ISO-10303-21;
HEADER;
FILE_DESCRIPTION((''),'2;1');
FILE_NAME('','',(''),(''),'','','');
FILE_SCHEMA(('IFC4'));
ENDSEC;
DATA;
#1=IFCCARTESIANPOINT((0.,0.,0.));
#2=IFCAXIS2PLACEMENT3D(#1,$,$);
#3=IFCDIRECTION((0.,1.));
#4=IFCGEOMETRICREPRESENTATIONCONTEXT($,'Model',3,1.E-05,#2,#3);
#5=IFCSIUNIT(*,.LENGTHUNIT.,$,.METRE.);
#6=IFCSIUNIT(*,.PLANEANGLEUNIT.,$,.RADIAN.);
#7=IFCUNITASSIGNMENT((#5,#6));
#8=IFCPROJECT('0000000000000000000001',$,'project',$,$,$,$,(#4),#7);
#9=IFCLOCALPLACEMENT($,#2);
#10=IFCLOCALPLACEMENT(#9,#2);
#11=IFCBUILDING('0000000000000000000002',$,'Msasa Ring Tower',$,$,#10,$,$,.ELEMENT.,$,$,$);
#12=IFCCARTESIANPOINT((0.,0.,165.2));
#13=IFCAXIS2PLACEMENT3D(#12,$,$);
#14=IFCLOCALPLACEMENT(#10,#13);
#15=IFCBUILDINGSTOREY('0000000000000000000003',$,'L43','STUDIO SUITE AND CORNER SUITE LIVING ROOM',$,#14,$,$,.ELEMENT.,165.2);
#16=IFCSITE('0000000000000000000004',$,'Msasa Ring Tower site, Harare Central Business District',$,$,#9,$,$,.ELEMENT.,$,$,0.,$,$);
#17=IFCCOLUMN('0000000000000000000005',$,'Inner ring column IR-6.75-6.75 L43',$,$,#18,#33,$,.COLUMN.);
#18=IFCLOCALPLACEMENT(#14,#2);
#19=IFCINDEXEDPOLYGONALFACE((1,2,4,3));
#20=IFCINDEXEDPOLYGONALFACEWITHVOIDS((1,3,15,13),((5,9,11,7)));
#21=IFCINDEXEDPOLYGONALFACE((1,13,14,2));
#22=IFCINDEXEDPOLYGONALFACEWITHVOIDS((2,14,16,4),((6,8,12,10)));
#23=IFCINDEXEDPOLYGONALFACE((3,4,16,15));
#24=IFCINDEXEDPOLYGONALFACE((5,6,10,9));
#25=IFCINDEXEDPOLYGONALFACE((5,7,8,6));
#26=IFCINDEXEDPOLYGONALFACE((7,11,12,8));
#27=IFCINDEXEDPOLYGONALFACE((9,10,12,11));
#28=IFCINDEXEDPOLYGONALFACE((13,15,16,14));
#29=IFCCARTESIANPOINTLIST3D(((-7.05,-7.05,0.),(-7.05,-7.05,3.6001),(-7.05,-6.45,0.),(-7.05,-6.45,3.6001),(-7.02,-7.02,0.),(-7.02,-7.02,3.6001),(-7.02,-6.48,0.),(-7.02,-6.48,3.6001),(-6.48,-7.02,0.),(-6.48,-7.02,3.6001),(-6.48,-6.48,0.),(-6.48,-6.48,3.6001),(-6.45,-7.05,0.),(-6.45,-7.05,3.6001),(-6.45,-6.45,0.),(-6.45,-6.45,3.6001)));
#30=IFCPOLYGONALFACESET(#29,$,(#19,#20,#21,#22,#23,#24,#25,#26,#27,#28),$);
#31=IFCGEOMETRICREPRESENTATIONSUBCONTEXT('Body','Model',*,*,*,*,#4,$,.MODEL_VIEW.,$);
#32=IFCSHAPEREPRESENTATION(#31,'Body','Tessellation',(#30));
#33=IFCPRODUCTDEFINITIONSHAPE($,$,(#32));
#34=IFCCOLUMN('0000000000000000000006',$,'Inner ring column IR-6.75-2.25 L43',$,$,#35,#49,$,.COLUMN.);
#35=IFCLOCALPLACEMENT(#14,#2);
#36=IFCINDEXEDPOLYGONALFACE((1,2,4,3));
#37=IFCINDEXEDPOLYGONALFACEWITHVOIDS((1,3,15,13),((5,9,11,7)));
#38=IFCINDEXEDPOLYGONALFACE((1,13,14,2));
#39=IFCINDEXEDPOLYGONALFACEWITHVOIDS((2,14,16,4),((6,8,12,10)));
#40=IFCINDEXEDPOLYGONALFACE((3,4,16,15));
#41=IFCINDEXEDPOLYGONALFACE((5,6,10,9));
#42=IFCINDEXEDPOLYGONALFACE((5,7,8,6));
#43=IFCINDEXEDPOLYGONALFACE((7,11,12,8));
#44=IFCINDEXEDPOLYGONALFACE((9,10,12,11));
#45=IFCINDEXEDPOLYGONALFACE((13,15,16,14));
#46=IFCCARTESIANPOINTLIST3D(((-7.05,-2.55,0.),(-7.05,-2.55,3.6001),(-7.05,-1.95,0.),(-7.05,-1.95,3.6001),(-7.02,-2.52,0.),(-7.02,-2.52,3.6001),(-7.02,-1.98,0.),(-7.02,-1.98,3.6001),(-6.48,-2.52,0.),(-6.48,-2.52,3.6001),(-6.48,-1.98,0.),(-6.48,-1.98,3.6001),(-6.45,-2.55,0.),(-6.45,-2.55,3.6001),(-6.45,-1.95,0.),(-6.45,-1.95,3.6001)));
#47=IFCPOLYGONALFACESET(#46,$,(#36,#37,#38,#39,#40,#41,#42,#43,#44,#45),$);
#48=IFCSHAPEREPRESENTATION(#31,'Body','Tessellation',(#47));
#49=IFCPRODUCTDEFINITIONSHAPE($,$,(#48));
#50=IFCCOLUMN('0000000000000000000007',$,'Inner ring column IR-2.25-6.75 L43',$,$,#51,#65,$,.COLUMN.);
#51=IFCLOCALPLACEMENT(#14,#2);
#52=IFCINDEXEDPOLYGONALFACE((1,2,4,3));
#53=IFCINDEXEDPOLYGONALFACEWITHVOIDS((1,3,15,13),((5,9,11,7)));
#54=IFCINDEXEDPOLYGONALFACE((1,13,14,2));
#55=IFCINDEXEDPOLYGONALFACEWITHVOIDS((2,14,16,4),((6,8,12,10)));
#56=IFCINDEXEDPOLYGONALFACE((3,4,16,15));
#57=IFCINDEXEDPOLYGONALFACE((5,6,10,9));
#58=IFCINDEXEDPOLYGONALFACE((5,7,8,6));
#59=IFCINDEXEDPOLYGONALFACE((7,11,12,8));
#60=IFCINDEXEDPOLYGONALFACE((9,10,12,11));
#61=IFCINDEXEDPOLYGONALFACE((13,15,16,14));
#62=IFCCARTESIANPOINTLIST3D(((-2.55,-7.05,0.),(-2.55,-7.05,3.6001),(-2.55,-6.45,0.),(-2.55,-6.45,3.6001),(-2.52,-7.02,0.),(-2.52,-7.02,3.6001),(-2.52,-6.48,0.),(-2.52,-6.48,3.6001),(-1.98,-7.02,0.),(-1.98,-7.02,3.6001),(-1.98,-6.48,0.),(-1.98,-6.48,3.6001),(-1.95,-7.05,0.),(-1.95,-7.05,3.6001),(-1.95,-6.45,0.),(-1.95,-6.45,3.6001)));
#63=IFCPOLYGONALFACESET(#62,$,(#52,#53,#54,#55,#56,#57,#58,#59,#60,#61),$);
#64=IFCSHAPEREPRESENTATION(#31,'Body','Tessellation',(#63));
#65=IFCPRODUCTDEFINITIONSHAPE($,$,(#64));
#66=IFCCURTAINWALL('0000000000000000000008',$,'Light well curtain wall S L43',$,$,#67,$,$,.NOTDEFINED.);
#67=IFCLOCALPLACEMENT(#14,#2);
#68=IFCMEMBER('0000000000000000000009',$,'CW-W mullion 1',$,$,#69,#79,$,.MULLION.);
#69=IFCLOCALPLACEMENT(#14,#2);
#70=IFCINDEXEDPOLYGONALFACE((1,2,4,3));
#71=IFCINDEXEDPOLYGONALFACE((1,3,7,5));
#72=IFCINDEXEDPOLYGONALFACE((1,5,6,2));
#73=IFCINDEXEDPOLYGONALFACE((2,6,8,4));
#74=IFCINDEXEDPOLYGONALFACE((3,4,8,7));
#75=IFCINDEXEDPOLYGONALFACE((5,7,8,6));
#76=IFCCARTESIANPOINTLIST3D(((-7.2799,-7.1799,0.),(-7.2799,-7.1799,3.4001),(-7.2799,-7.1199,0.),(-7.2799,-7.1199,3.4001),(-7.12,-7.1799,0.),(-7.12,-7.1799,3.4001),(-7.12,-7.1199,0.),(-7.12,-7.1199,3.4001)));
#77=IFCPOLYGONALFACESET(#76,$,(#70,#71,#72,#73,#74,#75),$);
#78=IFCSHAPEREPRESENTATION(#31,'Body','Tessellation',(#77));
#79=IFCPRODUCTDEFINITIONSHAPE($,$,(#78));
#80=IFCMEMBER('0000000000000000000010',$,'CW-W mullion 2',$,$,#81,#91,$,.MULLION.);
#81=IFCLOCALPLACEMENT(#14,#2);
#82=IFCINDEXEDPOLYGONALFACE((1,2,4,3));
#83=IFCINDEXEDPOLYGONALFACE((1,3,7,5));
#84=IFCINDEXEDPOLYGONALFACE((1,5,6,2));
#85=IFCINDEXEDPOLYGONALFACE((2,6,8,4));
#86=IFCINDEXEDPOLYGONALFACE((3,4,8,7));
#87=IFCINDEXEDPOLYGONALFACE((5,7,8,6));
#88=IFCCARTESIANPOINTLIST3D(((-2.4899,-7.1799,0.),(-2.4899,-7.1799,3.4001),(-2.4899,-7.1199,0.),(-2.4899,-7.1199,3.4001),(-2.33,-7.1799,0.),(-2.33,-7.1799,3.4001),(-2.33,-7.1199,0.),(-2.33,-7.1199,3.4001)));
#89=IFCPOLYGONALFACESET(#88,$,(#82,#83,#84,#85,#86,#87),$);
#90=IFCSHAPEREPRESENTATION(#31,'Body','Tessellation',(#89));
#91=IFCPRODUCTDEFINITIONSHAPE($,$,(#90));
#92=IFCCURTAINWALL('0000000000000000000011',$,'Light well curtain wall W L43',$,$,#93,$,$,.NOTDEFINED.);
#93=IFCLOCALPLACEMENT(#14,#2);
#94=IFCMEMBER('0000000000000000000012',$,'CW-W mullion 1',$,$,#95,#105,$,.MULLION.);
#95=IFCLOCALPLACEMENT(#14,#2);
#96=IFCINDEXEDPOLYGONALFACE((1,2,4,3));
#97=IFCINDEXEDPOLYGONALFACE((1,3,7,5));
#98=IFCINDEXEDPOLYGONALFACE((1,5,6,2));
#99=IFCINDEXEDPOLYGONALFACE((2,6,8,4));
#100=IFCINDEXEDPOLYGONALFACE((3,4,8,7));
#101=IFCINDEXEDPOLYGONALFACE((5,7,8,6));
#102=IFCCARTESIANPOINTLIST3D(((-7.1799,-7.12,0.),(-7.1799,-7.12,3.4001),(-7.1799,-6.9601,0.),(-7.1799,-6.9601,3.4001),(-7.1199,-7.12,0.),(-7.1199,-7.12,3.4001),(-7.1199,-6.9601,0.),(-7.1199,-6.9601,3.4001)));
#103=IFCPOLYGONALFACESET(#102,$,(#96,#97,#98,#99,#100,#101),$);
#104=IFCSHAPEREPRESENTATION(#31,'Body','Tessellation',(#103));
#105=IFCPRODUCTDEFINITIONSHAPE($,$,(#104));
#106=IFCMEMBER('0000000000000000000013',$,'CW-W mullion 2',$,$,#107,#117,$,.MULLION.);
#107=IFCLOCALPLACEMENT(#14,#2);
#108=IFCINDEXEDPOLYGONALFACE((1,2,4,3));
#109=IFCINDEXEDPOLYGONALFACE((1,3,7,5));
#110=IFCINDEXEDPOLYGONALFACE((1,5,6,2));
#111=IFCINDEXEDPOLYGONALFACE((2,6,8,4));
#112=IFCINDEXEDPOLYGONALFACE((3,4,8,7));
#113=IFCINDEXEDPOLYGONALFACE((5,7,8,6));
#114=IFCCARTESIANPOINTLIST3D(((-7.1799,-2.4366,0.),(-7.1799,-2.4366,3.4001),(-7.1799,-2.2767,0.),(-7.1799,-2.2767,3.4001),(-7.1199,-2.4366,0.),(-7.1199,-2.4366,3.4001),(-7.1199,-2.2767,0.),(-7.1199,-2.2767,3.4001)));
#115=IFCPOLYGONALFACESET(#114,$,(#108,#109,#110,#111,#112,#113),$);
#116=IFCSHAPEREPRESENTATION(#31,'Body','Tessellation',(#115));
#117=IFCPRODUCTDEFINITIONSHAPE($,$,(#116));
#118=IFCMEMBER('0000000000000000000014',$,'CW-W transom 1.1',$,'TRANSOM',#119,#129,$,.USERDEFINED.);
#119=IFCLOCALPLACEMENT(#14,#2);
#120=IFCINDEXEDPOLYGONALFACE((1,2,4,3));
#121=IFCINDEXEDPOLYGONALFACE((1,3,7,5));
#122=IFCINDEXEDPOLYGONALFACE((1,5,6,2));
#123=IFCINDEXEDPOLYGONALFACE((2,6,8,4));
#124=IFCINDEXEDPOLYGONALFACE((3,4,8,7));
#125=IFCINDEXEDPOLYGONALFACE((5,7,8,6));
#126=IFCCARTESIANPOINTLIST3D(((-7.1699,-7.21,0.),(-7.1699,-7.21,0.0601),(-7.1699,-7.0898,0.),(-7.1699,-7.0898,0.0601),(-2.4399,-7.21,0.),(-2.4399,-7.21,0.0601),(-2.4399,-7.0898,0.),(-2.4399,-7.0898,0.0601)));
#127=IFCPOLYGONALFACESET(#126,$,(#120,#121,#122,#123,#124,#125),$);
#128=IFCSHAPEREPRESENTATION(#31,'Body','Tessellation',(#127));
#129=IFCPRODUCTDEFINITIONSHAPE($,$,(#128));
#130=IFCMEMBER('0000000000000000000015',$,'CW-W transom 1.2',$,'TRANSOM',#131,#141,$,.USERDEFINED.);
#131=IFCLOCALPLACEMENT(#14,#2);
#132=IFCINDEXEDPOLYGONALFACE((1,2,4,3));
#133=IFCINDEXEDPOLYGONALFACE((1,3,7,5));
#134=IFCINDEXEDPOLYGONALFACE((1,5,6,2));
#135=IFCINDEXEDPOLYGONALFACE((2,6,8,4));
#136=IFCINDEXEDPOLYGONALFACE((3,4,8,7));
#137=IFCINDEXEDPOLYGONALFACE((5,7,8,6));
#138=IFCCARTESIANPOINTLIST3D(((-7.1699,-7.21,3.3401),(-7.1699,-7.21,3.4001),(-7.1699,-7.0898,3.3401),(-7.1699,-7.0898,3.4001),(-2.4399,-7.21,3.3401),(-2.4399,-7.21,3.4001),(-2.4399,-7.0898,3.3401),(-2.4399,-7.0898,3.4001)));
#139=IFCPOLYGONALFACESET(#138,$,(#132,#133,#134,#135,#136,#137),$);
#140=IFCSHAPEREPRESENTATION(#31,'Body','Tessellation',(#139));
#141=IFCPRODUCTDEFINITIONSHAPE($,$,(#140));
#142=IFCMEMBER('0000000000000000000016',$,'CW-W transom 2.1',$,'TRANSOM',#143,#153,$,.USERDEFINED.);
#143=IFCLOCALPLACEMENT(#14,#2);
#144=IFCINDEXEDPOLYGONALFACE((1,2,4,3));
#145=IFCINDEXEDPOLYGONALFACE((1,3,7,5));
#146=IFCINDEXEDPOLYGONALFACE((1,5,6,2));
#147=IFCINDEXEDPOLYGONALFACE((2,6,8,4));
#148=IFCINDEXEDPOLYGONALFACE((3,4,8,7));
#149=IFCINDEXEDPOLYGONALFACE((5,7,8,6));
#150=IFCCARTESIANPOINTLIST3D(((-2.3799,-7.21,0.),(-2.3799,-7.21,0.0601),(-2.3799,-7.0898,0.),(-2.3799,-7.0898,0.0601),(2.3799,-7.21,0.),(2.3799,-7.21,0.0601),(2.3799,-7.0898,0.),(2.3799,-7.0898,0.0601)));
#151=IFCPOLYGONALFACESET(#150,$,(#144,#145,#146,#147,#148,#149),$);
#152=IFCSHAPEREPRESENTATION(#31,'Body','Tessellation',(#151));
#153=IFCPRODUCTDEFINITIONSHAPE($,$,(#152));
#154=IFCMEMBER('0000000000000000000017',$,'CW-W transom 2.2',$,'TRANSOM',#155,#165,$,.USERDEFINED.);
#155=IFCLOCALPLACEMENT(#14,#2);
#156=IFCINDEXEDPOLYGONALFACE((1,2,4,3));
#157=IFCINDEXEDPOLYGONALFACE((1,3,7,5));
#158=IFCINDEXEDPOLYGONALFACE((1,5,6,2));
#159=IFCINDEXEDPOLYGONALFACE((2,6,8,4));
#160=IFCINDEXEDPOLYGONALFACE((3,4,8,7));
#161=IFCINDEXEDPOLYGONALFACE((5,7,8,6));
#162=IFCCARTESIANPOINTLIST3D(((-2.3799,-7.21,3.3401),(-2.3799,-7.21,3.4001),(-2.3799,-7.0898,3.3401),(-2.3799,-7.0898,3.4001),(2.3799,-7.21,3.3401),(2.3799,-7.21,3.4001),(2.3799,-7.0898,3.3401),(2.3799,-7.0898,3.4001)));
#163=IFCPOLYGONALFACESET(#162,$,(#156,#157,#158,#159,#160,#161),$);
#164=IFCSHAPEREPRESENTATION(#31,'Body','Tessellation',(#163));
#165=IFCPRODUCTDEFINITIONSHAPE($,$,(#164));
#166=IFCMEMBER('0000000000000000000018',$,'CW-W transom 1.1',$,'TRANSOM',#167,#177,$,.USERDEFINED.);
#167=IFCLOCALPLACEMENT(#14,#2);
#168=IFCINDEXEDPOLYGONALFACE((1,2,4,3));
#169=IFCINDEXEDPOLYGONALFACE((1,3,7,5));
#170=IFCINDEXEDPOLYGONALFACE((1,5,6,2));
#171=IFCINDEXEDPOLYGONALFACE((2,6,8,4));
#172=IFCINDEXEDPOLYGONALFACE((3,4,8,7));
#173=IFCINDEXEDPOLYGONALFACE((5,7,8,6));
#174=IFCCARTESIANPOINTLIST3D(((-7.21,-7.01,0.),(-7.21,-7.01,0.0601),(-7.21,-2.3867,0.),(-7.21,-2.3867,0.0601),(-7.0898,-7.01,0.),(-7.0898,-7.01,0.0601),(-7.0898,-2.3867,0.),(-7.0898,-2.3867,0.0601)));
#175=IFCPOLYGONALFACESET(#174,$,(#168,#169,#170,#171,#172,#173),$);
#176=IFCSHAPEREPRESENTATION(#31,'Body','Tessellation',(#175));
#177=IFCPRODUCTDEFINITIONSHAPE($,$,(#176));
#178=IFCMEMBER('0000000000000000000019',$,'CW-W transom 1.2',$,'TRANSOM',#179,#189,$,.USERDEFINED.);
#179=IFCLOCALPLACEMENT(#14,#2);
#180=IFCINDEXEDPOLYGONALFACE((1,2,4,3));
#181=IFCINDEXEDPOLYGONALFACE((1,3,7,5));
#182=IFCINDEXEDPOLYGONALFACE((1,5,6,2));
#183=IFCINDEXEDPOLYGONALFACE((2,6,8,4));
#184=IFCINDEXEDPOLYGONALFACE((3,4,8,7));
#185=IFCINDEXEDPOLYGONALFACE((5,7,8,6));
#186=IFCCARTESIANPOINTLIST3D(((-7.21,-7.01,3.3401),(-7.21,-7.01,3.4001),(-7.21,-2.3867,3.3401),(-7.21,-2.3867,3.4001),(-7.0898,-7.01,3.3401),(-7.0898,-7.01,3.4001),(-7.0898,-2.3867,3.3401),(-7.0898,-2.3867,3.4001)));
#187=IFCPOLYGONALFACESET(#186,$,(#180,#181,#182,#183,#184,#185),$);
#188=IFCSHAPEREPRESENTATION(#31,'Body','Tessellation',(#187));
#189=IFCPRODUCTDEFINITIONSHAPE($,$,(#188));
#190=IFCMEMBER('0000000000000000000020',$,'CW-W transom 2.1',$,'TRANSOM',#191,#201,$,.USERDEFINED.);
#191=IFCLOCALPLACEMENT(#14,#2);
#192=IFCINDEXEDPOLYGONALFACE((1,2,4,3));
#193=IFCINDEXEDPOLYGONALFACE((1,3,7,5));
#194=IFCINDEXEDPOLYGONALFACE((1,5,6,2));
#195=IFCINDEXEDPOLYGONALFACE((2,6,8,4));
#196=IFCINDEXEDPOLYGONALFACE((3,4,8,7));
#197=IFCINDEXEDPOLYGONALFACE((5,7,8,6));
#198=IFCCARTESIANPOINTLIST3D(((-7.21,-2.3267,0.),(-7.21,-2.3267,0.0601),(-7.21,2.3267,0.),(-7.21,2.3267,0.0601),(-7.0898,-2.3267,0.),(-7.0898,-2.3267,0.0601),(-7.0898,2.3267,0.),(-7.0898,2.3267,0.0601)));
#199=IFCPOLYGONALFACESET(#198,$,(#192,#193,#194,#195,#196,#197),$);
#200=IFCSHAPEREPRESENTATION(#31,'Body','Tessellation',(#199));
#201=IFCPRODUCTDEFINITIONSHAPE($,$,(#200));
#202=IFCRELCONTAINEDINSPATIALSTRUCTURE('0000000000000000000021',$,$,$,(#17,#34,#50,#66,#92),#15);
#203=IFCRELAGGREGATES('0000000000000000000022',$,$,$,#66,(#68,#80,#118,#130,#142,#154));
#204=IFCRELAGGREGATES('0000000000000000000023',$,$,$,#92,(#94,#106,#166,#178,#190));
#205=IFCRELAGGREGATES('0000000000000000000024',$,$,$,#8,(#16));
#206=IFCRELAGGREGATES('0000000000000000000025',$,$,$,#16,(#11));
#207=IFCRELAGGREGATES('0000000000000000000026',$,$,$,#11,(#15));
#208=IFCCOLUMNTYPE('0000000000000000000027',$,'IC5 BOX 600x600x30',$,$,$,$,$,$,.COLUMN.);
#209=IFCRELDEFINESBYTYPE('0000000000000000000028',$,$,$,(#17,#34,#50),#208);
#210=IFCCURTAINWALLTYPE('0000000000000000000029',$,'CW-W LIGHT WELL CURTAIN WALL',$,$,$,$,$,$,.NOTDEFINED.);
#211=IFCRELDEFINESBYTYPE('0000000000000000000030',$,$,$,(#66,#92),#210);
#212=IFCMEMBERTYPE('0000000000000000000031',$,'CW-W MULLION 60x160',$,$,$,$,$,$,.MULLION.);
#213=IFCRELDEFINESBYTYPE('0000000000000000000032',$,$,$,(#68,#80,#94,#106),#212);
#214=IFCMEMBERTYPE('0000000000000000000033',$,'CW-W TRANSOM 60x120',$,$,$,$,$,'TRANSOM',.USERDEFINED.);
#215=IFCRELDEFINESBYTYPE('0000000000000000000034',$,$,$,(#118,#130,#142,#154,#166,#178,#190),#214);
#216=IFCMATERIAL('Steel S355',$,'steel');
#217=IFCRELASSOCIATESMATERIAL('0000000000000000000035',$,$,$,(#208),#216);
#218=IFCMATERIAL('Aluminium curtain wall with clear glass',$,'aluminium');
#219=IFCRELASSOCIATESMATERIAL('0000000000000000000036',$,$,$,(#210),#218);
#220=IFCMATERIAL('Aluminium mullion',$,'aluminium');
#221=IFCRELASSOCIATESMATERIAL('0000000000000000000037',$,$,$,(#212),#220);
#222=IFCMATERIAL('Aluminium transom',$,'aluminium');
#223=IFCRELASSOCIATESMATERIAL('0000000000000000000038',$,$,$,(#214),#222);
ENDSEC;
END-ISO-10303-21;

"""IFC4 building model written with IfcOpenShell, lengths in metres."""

from ifc_helpers import new_model, si_unit, direction, frame, origin, origin_2d, place, context, subcontext, project, spatial, rectangle, hollow_rectangle, extrude, material, material_profile, profile_set, type_object, element, aggregate, save


model = new_model("IFC4")

# Units and contexts
model_context = context("Model", 3, precision=1e-05, world=origin(), true_north=direction((0.0, 1.0)))
body_context = subcontext(model_context, "Body", "Model", "MODEL_VIEW")
ifc_project = project(units=[si_unit("LENGTHUNIT", "METRE"), si_unit("PLANEANGLEUNIT", "RADIAN")], contexts=[model_context])

# Site, building, storey
site_placement = place(None, origin())
site = spatial("IfcSite", under=ifc_project, at=site_placement, Name="Msasa Ring Tower site, Harare Central Business District", CompositionType="ELEMENT", RefElevation=0.0)
building_placement = place(site_placement, origin())
building = spatial("IfcBuilding", under=site, at=building_placement, Name="Msasa Ring Tower", CompositionType="ELEMENT")
storey_placement = place(building_placement, frame((0.0, 0.0, 165.2)))
storey = spatial("IfcBuildingStorey", under=building, at=storey_placement, Name="L43", Description="STUDIO SUITE AND CORNER SUITE LIVING ROOM", CompositionType="ELEMENT", Elevation=165.2)

# Columns
ifc_material_1 = material(Name="Steel S355", Category="steel")
ifc_material_profile_1 = material_profile(ifc_material_1, hollow_rectangle(XDim=0.6001, YDim=0.6001, WallThickness=0.03, at=origin_2d()), Name="BOX 600x600x30")
ifc_profile_set_1 = profile_set([ifc_material_profile_1], Name="Steel S355")
column_type = type_object("IfcColumnType", Name="IC5 BOX 600x600x30", PredefinedType="COLUMN", material=ifc_profile_set_1)
for number, where, z_axis, x_axis, name in (
    (1, (-6.75, -6.75, 0.0), (0.0, 0.0, 1.0), (1.0, 0.0, 0.0), "Inner ring column IR-6.75-6.75 L43"),
    (2, (-6.75, -2.25, 0.0), (0.0, 0.0, 1.0), (1.0, 0.0, 0.0), "Inner ring column IR-6.75-2.25 L43"),
    (3, (-2.25, -6.75, 0.0), (0.0, 0.0, 1.0), (1.0, 0.0, 0.0), "Inner ring column IR-2.25-6.75 L43"),
):
    element("IfcColumn", number, at=place(storey_placement, frame(where, z_axis=z_axis, x_axis=x_axis)), inside=storey, type_object=column_type, Name=name, PredefinedType="COLUMN", context=body_context, shape_type="SweptSolid", body=[
        extrude(hollow_rectangle(XDim=0.6001, YDim=0.6001, WallThickness=0.03, at=origin_2d()), origin(), (0.0, 0.0, 1.0), 3.6001),
    ])

# Curtain walls, members
ifc_material_2 = material(Name="Aluminium curtain wall with clear glass", Category="aluminium")
curtain_wall_type = type_object("IfcCurtainWallType", Name="CW-W LIGHT WELL CURTAIN WALL", PredefinedType="NOTDEFINED", material=ifc_material_2)
curtain_wall_1_placement = place(storey_placement, origin())
curtain_wall_1 = element("IfcCurtainWall", 4, at=curtain_wall_1_placement, inside=storey, type_object=curtain_wall_type, Name="Light well curtain wall S L43", PredefinedType="NOTDEFINED")
ifc_material_3 = material(Name="Aluminium mullion", Category="aluminium")
ifc_material_profile_2 = material_profile(ifc_material_3, rectangle(XDim=0.0601, YDim=0.1599, at=origin_2d()), Name="AL 60x160")
ifc_profile_set_2 = profile_set([ifc_material_profile_2], Name="Aluminium mullion")
member_type_1 = type_object("IfcMemberType", Name="CW-W MULLION 60x160", PredefinedType="MULLION", material=ifc_profile_set_2)
member_1_placement = place(storey_placement, frame((-7.2, -7.1499, 0.0), z_axis=(0.0, 0.0, 1.0), x_axis=(0.0, 1.0, 0.0)))
member_1 = element("IfcMember", 5, at=member_1_placement, type_object=member_type_1, Name="CW-W mullion 1", PredefinedType="MULLION", context=body_context, shape_type="SweptSolid", body=[
    extrude(rectangle(XDim=0.0601, YDim=0.1599, at=origin_2d()), origin(), (0.0, 0.0, 1.0), 3.4001),
])
member_2_placement = place(storey_placement, frame((-2.4099, -7.1499, 0.0), z_axis=(0.0, 0.0, 1.0), x_axis=(0.0, 1.0, 0.0)))
member_2 = element("IfcMember", 6, at=member_2_placement, type_object=member_type_1, Name="CW-W mullion 2", PredefinedType="MULLION", context=body_context, shape_type="SweptSolid", body=[
    extrude(rectangle(XDim=0.0601, YDim=0.1599, at=origin_2d()), origin(), (0.0, 0.0, 1.0), 3.4001),
])
curtain_wall_2_placement = place(storey_placement, origin())
curtain_wall_2 = element("IfcCurtainWall", 7, at=curtain_wall_2_placement, inside=storey, type_object=curtain_wall_type, Name="Light well curtain wall W L43", PredefinedType="NOTDEFINED")
member_3_placement = place(storey_placement, frame((-7.1499, -7.04, 0.0), z_axis=(0.0, 0.0, 1.0), x_axis=(-1.0, 0.0, 0.0)))
member_3 = element("IfcMember", 8, at=member_3_placement, type_object=member_type_1, Name="CW-W mullion 1", PredefinedType="MULLION", context=body_context, shape_type="SweptSolid", body=[
    extrude(rectangle(XDim=0.0601, YDim=0.1599, at=origin_2d()), origin(), (0.0, 0.0, 1.0), 3.4001),
])
member_4_placement = place(storey_placement, frame((-7.1499, -2.3567, 0.0), z_axis=(0.0, 0.0, 1.0), x_axis=(-1.0, 0.0, 0.0)))
member_4 = element("IfcMember", 9, at=member_4_placement, type_object=member_type_1, Name="CW-W mullion 2", PredefinedType="MULLION", context=body_context, shape_type="SweptSolid", body=[
    extrude(rectangle(XDim=0.0601, YDim=0.1599, at=origin_2d()), origin(), (0.0, 0.0, 1.0), 3.4001),
])

# Members
ifc_material_4 = material(Name="Aluminium transom", Category="aluminium")
ifc_material_profile_3 = material_profile(ifc_material_4, rectangle(XDim=0.1201, YDim=0.0601, at=origin_2d()), Name="AL 60x120")
ifc_profile_set_3 = profile_set([ifc_material_profile_3], Name="Aluminium transom")
member_type_2 = type_object("IfcMemberType", Name="CW-W TRANSOM 60x120", ElementType="TRANSOM", PredefinedType="USERDEFINED", material=ifc_profile_set_3)
member_5_placement = place(storey_placement, frame((-7.1699, -7.1499, 0.03), z_axis=(1.0, 0.0, 0.0), x_axis=(0.0, 1.0, 0.0)))
member_5 = element("IfcMember", 10, at=member_5_placement, type_object=member_type_2, Name="CW-W transom 1.1", ObjectType="TRANSOM", PredefinedType="USERDEFINED", context=body_context, shape_type="SweptSolid", body=[
    extrude(rectangle(XDim=0.1201, YDim=0.0601, at=origin_2d()), origin(), (0.0, 0.0, 1.0), 4.73),
])
member_6_placement = place(storey_placement, frame((-7.1699, -7.1499, 3.3701), z_axis=(1.0, 0.0, 0.0), x_axis=(0.0, 1.0, 0.0)))
member_6 = element("IfcMember", 11, at=member_6_placement, type_object=member_type_2, Name="CW-W transom 1.2", ObjectType="TRANSOM", PredefinedType="USERDEFINED", context=body_context, shape_type="SweptSolid", body=[
    extrude(rectangle(XDim=0.1201, YDim=0.0601, at=origin_2d()), origin(), (0.0, 0.0, 1.0), 4.73),
])
member_7_placement = place(storey_placement, frame((-2.3799, -7.1499, 0.03), z_axis=(1.0, 0.0, 0.0), x_axis=(0.0, 1.0, 0.0)))
member_7 = element("IfcMember", 12, at=member_7_placement, type_object=member_type_2, Name="CW-W transom 2.1", ObjectType="TRANSOM", PredefinedType="USERDEFINED", context=body_context, shape_type="SweptSolid", body=[
    extrude(rectangle(XDim=0.1201, YDim=0.0601, at=origin_2d()), origin(), (0.0, 0.0, 1.0), 4.7598),
])
member_8_placement = place(storey_placement, frame((-2.3799, -7.1499, 3.3701), z_axis=(1.0, 0.0, 0.0), x_axis=(0.0, 1.0, 0.0)))
member_8 = element("IfcMember", 13, at=member_8_placement, type_object=member_type_2, Name="CW-W transom 2.2", ObjectType="TRANSOM", PredefinedType="USERDEFINED", context=body_context, shape_type="SweptSolid", body=[
    extrude(rectangle(XDim=0.1201, YDim=0.0601, at=origin_2d()), origin(), (0.0, 0.0, 1.0), 4.7598),
])
member_9_placement = place(storey_placement, frame((-7.1499, -7.01, 0.03), z_axis=(0.0, 1.0, 0.0), x_axis=(-1.0, 0.0, 0.0)))
member_9 = element("IfcMember", 14, at=member_9_placement, type_object=member_type_2, Name="CW-W transom 1.1", ObjectType="TRANSOM", PredefinedType="USERDEFINED", context=body_context, shape_type="SweptSolid", body=[
    extrude(rectangle(XDim=0.1201, YDim=0.0601, at=origin_2d()), origin(), (0.0, 0.0, 1.0), 4.6233),
])
member_10_placement = place(storey_placement, frame((-7.1499, -7.01, 3.3701), z_axis=(0.0, 1.0, 0.0), x_axis=(-1.0, 0.0, 0.0)))
member_10 = element("IfcMember", 15, at=member_10_placement, type_object=member_type_2, Name="CW-W transom 1.2", ObjectType="TRANSOM", PredefinedType="USERDEFINED", context=body_context, shape_type="SweptSolid", body=[
    extrude(rectangle(XDim=0.1201, YDim=0.0601, at=origin_2d()), origin(), (0.0, 0.0, 1.0), 4.6233),
])
member_11_placement = place(storey_placement, frame((-7.1499, -2.3267, 0.03), z_axis=(0.0, 1.0, 0.0), x_axis=(-1.0, 0.0, 0.0)))
member_11 = element("IfcMember", 16, at=member_11_placement, type_object=member_type_2, Name="CW-W transom 2.1", ObjectType="TRANSOM", PredefinedType="USERDEFINED", context=body_context, shape_type="SweptSolid", body=[
    extrude(rectangle(XDim=0.1201, YDim=0.0601, at=origin_2d()), origin(), (0.0, 0.0, 1.0), 4.6533),
])

aggregate(curtain_wall_1, [member_1, member_2, member_5, member_6, member_7, member_8])
aggregate(curtain_wall_2, [member_3, member_4, member_9, member_10, member_11])

save(model, "model.ifc")
